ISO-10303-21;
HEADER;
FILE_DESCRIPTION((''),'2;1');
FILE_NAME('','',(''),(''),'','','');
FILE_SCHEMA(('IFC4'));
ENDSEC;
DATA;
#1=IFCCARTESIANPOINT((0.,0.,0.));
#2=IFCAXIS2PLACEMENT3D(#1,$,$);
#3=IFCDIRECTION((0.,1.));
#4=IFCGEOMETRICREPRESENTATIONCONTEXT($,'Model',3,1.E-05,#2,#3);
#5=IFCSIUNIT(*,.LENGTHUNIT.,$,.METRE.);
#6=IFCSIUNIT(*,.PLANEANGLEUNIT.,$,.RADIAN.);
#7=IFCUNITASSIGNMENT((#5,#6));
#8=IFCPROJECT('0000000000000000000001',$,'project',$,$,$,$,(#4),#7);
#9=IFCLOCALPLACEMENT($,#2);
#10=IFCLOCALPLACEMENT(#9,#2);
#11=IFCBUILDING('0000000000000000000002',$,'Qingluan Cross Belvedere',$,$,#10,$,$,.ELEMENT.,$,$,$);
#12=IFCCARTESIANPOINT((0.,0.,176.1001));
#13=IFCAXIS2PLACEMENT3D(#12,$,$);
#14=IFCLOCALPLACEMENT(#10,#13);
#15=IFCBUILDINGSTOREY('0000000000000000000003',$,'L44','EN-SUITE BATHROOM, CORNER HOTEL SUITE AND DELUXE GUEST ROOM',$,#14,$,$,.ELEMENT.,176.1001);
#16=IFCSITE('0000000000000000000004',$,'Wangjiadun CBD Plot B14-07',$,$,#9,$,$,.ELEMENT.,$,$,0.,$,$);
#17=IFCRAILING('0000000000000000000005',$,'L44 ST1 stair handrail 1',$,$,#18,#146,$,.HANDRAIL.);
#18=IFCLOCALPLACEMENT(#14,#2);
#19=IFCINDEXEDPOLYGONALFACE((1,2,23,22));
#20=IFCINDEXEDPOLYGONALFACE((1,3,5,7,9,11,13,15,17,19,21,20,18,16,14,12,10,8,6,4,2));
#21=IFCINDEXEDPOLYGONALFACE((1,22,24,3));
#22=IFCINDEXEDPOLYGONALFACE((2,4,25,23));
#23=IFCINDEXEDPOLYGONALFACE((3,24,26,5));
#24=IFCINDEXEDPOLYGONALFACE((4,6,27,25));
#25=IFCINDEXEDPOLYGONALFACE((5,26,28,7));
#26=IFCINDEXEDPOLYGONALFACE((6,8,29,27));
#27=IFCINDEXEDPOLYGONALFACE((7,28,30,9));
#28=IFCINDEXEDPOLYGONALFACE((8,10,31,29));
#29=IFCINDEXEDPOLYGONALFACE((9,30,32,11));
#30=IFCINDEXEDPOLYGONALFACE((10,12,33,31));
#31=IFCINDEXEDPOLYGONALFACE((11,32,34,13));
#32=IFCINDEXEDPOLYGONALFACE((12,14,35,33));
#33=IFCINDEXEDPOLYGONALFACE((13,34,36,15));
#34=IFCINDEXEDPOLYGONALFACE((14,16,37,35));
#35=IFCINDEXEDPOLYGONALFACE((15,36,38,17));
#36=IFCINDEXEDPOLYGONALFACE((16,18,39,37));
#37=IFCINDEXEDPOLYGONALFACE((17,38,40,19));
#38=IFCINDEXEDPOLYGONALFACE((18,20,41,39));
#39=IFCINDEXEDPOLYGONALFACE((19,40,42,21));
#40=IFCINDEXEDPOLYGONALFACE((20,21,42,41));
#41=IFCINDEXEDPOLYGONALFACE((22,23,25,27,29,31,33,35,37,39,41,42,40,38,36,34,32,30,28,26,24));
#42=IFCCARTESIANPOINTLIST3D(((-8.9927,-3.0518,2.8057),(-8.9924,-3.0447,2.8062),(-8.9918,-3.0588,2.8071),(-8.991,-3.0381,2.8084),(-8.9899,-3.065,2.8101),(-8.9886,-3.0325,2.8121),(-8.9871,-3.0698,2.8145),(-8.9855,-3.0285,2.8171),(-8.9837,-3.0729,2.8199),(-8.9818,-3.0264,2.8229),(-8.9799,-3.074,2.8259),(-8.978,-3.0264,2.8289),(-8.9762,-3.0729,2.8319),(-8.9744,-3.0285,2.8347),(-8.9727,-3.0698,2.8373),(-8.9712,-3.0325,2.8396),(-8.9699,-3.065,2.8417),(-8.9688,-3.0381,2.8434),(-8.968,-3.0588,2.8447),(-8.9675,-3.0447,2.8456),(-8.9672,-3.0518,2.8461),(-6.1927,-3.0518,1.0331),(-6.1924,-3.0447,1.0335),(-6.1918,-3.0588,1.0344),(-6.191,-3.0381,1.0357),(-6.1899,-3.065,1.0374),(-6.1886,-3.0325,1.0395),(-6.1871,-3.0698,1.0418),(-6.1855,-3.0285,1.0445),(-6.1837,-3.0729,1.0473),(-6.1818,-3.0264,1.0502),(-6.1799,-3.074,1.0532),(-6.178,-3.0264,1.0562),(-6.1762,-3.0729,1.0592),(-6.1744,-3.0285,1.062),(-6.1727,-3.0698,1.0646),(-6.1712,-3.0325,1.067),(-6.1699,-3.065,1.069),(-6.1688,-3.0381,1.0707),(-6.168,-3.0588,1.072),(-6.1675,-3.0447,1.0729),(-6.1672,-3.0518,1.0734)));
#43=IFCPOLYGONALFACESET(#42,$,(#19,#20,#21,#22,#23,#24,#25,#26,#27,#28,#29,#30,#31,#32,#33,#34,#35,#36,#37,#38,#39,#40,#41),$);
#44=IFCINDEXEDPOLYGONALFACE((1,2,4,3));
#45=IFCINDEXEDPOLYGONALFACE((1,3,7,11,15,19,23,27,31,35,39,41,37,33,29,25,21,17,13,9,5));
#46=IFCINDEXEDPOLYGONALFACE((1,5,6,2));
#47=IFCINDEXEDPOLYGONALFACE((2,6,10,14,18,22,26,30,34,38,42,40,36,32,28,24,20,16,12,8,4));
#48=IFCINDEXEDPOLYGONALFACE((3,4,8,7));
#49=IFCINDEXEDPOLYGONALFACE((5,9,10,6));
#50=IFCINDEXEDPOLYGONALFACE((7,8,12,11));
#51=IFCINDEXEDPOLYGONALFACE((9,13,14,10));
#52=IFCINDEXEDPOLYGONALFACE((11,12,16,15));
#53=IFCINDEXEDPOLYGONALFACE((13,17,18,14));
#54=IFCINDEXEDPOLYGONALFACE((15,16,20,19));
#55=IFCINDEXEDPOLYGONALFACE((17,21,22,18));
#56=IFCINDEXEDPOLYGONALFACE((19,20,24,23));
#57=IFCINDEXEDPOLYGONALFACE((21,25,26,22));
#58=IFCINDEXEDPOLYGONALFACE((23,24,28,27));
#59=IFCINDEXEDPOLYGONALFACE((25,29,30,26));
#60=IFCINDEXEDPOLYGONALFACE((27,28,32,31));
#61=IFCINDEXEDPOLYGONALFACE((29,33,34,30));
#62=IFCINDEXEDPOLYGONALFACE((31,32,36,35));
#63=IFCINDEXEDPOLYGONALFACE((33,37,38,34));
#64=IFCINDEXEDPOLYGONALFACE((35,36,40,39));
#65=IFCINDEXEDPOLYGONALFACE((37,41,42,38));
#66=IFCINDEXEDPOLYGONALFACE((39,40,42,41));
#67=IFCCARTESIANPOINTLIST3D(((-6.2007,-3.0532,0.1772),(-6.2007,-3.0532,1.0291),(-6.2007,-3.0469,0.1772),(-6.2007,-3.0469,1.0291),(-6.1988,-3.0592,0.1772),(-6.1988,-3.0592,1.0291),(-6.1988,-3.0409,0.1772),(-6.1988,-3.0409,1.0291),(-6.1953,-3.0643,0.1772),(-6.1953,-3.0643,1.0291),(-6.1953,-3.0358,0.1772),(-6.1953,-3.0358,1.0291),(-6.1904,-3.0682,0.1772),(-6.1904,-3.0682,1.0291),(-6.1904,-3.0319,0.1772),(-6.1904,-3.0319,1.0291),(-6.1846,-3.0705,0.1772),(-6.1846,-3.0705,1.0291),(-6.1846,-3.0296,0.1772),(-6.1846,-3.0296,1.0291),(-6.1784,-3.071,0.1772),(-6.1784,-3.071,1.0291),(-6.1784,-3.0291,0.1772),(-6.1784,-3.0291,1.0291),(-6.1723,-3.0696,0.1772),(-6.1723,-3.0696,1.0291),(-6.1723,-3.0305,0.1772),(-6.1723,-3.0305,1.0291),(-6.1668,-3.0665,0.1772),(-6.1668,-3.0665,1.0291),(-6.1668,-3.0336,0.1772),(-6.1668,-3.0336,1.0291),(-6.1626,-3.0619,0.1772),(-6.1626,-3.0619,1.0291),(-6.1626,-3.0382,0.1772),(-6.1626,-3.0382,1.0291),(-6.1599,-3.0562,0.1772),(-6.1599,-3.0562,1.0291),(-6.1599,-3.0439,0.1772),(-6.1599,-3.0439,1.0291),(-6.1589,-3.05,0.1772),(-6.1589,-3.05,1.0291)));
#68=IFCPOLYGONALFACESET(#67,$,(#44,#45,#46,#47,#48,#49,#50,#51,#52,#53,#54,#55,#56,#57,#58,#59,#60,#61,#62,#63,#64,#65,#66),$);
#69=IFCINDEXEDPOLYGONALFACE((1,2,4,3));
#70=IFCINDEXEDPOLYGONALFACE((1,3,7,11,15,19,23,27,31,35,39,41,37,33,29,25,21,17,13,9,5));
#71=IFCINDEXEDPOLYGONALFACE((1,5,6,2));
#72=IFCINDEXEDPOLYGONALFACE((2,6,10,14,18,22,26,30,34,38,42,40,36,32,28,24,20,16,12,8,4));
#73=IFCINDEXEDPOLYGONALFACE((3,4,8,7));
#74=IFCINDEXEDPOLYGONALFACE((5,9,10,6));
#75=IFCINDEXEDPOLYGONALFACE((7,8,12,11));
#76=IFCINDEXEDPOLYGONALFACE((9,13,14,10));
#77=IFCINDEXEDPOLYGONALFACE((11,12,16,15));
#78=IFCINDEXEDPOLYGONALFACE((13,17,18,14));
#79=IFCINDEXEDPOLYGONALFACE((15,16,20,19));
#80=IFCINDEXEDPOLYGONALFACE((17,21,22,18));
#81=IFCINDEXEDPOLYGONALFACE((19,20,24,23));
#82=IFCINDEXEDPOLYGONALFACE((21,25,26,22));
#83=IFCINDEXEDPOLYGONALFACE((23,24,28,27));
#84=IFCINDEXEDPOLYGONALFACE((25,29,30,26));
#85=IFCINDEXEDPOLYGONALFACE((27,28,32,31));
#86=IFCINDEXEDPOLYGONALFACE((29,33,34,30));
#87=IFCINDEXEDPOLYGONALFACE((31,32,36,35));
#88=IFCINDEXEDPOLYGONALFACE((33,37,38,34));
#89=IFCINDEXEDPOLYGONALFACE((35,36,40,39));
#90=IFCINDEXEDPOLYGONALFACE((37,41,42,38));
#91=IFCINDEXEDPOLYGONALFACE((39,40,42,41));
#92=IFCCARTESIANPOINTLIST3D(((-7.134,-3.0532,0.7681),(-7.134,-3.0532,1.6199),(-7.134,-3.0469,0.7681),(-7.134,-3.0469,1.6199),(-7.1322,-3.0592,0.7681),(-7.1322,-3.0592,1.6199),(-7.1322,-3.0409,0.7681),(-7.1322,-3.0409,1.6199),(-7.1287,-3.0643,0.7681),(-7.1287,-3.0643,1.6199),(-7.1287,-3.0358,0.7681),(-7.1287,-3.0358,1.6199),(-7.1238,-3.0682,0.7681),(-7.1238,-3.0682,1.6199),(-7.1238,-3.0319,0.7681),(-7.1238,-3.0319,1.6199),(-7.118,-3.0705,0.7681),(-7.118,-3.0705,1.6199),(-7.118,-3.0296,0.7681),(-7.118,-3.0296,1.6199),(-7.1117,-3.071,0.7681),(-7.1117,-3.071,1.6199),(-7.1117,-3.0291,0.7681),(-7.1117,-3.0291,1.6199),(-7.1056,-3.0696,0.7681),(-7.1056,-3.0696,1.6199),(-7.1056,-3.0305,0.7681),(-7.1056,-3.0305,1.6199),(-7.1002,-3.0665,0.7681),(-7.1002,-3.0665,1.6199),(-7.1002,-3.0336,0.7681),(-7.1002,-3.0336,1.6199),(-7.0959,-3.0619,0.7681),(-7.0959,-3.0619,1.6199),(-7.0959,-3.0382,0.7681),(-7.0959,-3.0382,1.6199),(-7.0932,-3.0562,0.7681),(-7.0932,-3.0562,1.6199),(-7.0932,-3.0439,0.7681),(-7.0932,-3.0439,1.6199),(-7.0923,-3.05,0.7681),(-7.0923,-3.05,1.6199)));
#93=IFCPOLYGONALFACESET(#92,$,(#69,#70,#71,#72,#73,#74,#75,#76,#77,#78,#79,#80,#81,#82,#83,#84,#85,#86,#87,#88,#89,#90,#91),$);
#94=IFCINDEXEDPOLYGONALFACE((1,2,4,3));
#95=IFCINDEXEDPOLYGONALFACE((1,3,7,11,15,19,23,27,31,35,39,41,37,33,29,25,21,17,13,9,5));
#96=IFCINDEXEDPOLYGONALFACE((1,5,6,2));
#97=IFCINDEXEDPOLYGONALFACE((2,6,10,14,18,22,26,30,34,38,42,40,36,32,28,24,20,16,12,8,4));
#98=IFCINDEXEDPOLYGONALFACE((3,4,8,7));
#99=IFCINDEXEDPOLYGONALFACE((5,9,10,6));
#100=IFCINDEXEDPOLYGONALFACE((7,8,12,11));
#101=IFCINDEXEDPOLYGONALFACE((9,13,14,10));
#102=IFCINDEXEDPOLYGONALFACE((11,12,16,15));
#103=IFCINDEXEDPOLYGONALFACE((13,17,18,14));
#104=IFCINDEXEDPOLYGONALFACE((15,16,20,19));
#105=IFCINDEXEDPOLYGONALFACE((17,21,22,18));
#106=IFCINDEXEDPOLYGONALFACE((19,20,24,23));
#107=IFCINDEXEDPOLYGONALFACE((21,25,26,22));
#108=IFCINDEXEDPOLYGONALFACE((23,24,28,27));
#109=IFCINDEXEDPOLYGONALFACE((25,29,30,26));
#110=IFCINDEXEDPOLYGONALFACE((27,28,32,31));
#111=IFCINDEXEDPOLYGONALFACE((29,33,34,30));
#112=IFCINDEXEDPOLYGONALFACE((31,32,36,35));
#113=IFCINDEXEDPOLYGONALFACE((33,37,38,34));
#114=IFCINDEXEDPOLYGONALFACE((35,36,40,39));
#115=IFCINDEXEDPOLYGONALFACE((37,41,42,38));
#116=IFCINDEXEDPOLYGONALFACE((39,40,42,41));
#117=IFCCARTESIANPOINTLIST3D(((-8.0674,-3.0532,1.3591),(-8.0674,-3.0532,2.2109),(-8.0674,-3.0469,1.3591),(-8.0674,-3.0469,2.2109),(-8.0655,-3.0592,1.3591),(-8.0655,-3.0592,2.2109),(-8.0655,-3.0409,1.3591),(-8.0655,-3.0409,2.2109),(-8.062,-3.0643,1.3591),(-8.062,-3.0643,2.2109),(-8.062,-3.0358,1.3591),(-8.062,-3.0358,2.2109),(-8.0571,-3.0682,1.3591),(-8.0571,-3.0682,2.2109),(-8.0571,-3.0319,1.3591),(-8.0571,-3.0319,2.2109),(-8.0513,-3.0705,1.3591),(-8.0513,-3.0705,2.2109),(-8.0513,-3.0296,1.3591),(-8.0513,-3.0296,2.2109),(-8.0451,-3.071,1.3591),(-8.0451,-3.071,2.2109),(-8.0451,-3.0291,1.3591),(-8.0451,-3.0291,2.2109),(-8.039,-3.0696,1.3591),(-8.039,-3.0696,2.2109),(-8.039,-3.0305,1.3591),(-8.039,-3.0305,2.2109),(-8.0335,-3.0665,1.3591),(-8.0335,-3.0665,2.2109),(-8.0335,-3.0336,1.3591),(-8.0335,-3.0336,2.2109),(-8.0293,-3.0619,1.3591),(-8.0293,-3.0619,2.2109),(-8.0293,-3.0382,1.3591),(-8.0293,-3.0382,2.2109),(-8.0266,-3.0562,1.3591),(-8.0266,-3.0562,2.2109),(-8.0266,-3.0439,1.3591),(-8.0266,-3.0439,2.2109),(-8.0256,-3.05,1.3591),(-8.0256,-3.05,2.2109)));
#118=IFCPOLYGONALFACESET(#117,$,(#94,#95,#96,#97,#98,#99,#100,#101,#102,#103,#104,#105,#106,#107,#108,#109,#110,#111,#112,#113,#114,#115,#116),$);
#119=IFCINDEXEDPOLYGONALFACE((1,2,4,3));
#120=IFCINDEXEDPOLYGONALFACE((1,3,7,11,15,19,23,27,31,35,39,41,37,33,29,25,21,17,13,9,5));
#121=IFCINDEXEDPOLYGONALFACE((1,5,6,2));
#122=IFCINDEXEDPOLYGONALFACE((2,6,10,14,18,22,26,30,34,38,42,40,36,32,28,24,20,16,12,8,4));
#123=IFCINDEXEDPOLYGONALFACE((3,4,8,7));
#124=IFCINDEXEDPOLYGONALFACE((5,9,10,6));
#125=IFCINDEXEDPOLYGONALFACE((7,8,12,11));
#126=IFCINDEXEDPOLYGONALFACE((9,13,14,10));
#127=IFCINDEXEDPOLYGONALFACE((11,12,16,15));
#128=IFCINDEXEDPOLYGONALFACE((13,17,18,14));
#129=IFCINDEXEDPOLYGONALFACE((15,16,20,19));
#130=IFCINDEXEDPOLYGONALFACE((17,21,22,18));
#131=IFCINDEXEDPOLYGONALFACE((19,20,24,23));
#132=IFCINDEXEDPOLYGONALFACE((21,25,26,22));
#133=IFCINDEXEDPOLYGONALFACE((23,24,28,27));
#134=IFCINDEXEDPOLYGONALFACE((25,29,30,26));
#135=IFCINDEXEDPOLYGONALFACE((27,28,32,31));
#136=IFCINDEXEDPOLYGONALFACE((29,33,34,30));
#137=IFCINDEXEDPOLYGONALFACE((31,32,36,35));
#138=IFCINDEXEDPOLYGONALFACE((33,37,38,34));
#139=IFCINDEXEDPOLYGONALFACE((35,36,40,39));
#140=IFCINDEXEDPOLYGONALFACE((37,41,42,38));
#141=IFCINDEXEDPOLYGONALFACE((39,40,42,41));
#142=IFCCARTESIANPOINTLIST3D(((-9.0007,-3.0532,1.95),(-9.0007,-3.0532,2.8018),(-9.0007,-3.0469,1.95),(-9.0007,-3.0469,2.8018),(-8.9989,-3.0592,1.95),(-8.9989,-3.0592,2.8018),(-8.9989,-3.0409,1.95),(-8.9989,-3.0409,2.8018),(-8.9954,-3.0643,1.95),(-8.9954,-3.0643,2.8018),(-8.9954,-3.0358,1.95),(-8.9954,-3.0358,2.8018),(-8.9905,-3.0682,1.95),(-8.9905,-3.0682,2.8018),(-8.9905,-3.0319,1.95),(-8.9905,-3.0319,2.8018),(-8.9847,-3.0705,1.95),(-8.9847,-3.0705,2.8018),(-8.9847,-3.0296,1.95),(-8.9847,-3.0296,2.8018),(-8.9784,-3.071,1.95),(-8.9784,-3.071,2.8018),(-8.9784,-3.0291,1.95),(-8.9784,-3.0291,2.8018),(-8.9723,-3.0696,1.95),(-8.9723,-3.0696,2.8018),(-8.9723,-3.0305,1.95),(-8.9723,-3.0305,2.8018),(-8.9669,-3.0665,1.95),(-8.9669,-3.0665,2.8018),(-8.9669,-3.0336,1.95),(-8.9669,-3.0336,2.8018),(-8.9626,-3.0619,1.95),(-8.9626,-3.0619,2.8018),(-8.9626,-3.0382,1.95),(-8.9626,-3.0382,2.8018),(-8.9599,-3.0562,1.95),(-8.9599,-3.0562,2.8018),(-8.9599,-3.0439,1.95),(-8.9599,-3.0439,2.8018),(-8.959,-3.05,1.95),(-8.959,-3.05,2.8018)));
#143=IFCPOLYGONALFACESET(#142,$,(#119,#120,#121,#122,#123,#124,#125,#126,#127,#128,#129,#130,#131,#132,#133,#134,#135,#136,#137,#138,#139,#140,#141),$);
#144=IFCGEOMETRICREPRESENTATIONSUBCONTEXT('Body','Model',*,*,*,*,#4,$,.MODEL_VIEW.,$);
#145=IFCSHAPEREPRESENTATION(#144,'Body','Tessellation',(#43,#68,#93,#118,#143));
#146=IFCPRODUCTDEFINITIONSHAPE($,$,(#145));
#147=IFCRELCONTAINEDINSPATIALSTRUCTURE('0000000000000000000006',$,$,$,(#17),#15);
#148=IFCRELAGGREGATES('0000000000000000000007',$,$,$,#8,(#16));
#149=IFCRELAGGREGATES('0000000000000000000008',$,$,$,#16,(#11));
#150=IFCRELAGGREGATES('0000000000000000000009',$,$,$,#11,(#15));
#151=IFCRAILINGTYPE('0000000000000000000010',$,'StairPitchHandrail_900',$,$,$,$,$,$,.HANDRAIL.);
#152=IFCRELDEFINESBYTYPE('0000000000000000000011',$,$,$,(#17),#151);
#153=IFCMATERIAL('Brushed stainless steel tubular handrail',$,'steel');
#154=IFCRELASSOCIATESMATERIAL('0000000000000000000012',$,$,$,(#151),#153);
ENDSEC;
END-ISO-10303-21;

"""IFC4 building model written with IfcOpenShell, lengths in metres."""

from ifc_helpers import new_model, si_unit, direction, frame, origin, origin_2d, place, context, subcontext, project, spatial, circle, extrude, material, type_object, element, save


model = new_model("IFC4")

# Units and contexts
model_context = context("Model", 3, precision=1e-05, world=origin(), true_north=direction((0.0, 1.0)))
body_context = subcontext(model_context, "Body", "Model", "MODEL_VIEW")
ifc_project = project(units=[si_unit("LENGTHUNIT", "METRE"), si_unit("PLANEANGLEUNIT", "RADIAN")], contexts=[model_context])

# Site, building, storey
site_placement = place(None, origin())
site = spatial("IfcSite", under=ifc_project, at=site_placement, Name="Wangjiadun CBD Plot B14-07", CompositionType="ELEMENT", RefElevation=0.0)
building_placement = place(site_placement, origin())
building = spatial("IfcBuilding", under=site, at=building_placement, Name="Qingluan Cross Belvedere", CompositionType="ELEMENT")
storey_placement = place(building_placement, frame((0.0, 0.0, 176.1001)))
storey = spatial("IfcBuildingStorey", under=building, at=storey_placement, Name="L44", Description="EN-SUITE BATHROOM, CORNER HOTEL SUITE AND DELUXE GUEST ROOM", CompositionType="ELEMENT", Elevation=176.1001)

# Railing
ifc_material_1 = material(Name="Brushed stainless steel tubular handrail", Category="steel")
railing_type_1 = type_object("IfcRailingType", Name="StairPitchHandrail_900", PredefinedType="HANDRAIL", material=ifc_material_1)
railing_1_placement = place(storey_placement, frame((-6.1799, -3.05, 0.1772)))
element("IfcRailing", 1, at=railing_1_placement, inside=storey, type_object=railing_type_1, Name="L44 ST1 stair handrail 1", PredefinedType="HANDRAIL", context=body_context, shape_type="SweptSolid", body=[
    extrude(circle(Radius=0.0239, at=origin_2d()), frame((0.0, 0.0, 0.876), z_axis=(-0.844909, 0.0, 0.53491), x_axis=(0.0, -1.0, 0.0)), (0.0, 0.0, 1.0), 3.314),
    extrude(circle(Radius=0.021, at=origin_2d()), origin(), (0.0, 0.0, 1.0), 0.8518),
    extrude(circle(Radius=0.021, at=origin_2d()), frame((-0.9333, 0.0, 0.5908)), (0.0, 0.0, 1.0), 0.8518),
    extrude(circle(Radius=0.021, at=origin_2d()), frame((-1.8667, 0.0, 1.1819)), (0.0, 0.0, 1.0), 0.8518),
    extrude(circle(Radius=0.021, at=origin_2d()), frame((-2.8, 0.0, 1.7727)), (0.0, 0.0, 1.0), 0.8518),
])

save(model, "model.ifc")
